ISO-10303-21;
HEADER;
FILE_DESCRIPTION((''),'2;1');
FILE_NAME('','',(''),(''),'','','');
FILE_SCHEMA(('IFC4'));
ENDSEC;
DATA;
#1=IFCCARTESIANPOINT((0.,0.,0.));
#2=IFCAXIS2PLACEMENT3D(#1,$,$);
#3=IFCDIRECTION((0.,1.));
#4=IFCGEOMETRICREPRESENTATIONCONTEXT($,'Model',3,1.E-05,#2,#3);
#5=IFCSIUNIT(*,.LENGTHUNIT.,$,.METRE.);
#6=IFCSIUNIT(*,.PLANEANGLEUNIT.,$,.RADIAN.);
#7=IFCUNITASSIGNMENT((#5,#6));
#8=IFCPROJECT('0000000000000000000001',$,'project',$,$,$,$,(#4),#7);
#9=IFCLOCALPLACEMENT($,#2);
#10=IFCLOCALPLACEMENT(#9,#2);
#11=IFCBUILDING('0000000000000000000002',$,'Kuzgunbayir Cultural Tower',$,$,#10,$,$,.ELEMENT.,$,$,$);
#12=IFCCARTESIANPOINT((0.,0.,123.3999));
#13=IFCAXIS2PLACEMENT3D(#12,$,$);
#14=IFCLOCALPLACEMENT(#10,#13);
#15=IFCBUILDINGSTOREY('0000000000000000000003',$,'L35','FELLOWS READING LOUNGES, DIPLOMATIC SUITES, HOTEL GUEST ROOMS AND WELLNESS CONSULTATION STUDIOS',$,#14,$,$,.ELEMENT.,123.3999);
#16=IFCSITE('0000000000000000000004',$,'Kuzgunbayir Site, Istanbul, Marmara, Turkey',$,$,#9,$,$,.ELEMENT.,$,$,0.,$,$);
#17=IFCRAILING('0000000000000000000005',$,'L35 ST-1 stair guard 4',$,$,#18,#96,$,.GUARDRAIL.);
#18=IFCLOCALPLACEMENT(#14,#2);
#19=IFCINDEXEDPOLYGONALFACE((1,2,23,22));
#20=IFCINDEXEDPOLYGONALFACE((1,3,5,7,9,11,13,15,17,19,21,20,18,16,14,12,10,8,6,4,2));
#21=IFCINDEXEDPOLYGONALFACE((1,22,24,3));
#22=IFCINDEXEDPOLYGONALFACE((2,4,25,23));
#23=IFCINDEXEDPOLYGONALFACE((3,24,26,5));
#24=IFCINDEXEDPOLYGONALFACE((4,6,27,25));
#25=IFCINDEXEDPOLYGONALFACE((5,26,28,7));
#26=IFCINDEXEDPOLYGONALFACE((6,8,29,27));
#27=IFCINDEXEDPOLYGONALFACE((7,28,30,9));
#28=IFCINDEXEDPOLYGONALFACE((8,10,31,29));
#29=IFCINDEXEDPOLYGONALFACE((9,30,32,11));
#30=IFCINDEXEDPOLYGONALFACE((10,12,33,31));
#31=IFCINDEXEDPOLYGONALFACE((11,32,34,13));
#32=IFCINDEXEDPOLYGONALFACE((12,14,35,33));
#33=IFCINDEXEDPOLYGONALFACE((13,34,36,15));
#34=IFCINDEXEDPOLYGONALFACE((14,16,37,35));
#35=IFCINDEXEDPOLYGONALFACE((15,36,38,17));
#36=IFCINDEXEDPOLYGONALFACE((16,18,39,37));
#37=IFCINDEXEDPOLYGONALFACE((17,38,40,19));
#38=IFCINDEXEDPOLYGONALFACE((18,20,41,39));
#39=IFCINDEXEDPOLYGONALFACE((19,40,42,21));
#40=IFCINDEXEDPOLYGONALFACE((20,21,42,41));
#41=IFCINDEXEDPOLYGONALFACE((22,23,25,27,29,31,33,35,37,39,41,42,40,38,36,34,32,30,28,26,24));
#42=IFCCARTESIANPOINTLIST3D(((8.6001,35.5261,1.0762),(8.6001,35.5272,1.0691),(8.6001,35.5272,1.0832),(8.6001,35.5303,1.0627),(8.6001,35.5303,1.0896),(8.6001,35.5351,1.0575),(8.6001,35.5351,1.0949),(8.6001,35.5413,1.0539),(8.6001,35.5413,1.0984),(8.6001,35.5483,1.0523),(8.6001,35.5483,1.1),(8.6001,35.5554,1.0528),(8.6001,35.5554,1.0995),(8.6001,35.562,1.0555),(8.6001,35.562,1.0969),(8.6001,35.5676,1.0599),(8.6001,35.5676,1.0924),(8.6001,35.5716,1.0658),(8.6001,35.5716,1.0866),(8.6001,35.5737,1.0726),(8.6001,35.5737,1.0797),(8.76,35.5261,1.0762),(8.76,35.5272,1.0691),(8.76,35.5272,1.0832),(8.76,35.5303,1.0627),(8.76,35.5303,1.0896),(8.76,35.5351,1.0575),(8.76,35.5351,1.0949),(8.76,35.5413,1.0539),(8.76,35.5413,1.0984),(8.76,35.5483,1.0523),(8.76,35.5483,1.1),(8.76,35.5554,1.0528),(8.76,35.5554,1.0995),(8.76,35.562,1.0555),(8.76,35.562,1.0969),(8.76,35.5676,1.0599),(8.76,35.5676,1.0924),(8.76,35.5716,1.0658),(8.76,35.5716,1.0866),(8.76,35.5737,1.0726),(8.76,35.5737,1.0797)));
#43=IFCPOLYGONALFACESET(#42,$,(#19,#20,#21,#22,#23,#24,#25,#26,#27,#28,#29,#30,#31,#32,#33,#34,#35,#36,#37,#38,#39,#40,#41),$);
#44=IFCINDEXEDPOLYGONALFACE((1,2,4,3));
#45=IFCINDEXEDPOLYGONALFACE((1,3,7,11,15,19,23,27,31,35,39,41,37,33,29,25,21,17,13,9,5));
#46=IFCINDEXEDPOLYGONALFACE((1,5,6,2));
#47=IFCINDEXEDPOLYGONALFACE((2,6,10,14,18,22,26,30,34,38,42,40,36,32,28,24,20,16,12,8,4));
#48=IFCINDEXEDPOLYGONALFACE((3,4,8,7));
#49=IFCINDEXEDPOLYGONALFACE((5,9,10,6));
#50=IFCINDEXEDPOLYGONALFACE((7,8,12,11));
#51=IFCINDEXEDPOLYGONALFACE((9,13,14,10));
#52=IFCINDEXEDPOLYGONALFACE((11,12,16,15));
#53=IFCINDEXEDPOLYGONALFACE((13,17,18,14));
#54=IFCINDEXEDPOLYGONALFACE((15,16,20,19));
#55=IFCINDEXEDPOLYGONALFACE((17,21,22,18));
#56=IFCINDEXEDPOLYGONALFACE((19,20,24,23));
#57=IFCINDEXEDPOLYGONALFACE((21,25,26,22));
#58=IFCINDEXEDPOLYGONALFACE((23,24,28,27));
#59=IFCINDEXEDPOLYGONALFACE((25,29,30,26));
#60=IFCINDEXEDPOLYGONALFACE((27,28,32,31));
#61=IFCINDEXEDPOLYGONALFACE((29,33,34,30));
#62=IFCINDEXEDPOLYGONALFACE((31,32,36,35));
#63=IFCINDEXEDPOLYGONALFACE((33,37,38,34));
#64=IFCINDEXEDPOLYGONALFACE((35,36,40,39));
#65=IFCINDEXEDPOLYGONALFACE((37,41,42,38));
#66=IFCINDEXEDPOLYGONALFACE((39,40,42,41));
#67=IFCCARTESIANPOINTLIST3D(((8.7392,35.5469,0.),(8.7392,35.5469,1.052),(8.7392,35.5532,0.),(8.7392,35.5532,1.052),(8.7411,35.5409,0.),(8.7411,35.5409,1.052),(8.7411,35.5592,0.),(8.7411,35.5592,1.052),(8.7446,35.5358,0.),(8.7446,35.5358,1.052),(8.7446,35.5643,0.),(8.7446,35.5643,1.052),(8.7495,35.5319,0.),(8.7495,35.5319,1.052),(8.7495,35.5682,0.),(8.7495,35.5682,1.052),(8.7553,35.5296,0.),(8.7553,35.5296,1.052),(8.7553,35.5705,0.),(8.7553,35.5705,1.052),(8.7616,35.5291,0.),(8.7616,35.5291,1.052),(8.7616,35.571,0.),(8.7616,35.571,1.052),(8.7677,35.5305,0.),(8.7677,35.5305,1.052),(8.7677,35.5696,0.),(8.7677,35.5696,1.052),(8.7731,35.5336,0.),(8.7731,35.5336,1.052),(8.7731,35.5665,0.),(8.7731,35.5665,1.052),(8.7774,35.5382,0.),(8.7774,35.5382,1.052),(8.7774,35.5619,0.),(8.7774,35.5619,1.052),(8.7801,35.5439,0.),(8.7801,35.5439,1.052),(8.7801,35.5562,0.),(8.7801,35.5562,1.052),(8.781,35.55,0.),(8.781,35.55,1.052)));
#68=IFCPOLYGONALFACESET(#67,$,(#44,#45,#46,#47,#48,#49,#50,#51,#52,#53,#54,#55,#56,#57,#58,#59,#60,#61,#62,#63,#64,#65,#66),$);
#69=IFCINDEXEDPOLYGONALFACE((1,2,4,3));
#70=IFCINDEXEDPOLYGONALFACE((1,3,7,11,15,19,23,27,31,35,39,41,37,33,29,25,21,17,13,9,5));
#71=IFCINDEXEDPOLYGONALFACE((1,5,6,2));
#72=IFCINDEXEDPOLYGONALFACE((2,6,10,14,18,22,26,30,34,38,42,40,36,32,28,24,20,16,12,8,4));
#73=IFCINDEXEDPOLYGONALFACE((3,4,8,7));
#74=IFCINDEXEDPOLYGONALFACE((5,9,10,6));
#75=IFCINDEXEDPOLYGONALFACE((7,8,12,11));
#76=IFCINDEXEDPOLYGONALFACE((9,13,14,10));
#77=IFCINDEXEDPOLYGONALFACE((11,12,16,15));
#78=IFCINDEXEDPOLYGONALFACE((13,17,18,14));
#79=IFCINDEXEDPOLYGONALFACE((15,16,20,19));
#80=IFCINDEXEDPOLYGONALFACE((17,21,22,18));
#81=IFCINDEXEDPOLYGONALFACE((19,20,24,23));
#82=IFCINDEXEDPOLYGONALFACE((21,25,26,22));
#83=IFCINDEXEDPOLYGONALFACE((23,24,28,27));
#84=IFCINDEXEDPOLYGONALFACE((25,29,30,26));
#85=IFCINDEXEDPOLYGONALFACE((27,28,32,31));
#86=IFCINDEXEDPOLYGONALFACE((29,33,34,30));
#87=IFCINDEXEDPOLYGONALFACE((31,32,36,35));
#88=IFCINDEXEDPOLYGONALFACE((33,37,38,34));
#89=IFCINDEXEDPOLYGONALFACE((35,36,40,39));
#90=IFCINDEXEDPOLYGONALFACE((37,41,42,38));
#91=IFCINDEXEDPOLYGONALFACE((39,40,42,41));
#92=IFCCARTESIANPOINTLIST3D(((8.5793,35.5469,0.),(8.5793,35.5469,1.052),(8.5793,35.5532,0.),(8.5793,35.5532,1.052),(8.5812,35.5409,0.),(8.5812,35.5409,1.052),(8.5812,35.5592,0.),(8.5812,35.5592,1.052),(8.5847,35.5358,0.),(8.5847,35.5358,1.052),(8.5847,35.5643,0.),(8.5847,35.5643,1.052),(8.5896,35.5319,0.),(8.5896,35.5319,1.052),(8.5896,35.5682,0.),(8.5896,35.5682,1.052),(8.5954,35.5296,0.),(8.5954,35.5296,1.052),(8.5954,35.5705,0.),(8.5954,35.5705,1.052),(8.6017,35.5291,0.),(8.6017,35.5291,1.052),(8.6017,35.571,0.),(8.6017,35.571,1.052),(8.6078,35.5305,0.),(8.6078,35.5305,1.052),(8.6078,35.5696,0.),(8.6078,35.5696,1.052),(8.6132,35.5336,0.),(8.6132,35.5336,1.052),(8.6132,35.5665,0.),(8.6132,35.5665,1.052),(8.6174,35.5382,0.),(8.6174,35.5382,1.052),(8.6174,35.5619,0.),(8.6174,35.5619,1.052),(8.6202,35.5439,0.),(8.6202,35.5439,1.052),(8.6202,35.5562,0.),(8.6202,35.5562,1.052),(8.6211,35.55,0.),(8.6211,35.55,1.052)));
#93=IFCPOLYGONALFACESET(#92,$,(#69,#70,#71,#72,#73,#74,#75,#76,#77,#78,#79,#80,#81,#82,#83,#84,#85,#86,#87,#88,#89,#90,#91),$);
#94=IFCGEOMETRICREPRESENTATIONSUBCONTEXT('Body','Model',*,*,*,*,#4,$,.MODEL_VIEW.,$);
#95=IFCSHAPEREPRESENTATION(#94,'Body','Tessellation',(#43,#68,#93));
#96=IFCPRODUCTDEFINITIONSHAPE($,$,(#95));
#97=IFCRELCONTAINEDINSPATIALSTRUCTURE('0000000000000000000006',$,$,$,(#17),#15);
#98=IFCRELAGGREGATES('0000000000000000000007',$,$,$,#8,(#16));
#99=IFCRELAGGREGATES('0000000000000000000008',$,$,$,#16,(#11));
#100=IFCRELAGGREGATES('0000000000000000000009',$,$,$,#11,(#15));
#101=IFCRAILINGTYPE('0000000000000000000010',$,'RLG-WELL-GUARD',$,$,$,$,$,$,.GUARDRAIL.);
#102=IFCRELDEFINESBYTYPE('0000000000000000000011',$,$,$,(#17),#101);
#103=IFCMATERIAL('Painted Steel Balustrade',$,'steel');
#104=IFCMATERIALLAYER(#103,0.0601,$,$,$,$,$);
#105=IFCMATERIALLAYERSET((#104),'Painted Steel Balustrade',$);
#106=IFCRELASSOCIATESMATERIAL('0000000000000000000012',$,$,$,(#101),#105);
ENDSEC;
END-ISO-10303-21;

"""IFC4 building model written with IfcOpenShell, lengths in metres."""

from ifc_helpers import new_model, si_unit, direction, frame, origin, origin_2d, place, context, subcontext, project, spatial, circle, extrude, material, layer, layer_set, type_object, element, save


model = new_model("IFC4")

# Units and contexts
model_context = context("Model", 3, precision=1e-05, world=origin(), true_north=direction((0.0, 1.0)))
body_context = subcontext(model_context, "Body", "Model", "MODEL_VIEW")
ifc_project = project(units=[si_unit("LENGTHUNIT", "METRE"), si_unit("PLANEANGLEUNIT", "RADIAN")], contexts=[model_context])

# Site, building, storey
site_placement = place(None, origin())
site = spatial("IfcSite", under=ifc_project, at=site_placement, Name="Kuzgunbayir Site, Istanbul, Marmara, Turkey", CompositionType="ELEMENT", RefElevation=0.0)
building_placement = place(site_placement, origin())
building = spatial("IfcBuilding", under=site, at=building_placement, Name="Kuzgunbayir Cultural Tower", CompositionType="ELEMENT")
storey_placement = place(building_placement, frame((0.0, 0.0, 123.3999)))
storey = spatial("IfcBuildingStorey", under=building, at=storey_placement, Name="L35", Description="FELLOWS READING LOUNGES, DIPLOMATIC SUITES, HOTEL GUEST ROOMS AND WELLNESS CONSULTATION STUDIOS", CompositionType="ELEMENT", Elevation=123.3999)

# Railing
ifc_material_1 = material(Name="Painted Steel Balustrade", Category="steel")
ifc_layer_1 = layer(ifc_material_1, 0.0601)
ifc_layer_set_1 = layer_set([ifc_layer_1], Name="Painted Steel Balustrade")
railing_type_1 = type_object("IfcRailingType", Name="RLG-WELL-GUARD", PredefinedType="GUARDRAIL", material=ifc_layer_set_1)
railing_1_placement = place(storey_placement, frame((8.76, 35.55, 0.0)))
element("IfcRailing", 1, at=railing_1_placement, inside=storey, type_object=railing_type_1, Name="L35 ST-1 stair guard 4", PredefinedType="GUARDRAIL", context=body_context, shape_type="SweptSolid", body=[
    extrude(circle(Radius=0.0239, at=origin_2d()), frame((0.0, 0.0, 1.0762), z_axis=(-1.0, 0.0, 0.0), x_axis=(0.0, -1.0, 0.0)), (0.0, 0.0, 1.0), 0.1599),
    extrude(circle(Radius=0.021, at=origin_2d()), origin(), (0.0, 0.0, 1.0), 1.052),
    extrude(circle(Radius=0.021, at=origin_2d()), frame((-0.1599, 0.0, 0.0)), (0.0, 0.0, 1.0), 1.052),
])

save(model, "model.ifc")
